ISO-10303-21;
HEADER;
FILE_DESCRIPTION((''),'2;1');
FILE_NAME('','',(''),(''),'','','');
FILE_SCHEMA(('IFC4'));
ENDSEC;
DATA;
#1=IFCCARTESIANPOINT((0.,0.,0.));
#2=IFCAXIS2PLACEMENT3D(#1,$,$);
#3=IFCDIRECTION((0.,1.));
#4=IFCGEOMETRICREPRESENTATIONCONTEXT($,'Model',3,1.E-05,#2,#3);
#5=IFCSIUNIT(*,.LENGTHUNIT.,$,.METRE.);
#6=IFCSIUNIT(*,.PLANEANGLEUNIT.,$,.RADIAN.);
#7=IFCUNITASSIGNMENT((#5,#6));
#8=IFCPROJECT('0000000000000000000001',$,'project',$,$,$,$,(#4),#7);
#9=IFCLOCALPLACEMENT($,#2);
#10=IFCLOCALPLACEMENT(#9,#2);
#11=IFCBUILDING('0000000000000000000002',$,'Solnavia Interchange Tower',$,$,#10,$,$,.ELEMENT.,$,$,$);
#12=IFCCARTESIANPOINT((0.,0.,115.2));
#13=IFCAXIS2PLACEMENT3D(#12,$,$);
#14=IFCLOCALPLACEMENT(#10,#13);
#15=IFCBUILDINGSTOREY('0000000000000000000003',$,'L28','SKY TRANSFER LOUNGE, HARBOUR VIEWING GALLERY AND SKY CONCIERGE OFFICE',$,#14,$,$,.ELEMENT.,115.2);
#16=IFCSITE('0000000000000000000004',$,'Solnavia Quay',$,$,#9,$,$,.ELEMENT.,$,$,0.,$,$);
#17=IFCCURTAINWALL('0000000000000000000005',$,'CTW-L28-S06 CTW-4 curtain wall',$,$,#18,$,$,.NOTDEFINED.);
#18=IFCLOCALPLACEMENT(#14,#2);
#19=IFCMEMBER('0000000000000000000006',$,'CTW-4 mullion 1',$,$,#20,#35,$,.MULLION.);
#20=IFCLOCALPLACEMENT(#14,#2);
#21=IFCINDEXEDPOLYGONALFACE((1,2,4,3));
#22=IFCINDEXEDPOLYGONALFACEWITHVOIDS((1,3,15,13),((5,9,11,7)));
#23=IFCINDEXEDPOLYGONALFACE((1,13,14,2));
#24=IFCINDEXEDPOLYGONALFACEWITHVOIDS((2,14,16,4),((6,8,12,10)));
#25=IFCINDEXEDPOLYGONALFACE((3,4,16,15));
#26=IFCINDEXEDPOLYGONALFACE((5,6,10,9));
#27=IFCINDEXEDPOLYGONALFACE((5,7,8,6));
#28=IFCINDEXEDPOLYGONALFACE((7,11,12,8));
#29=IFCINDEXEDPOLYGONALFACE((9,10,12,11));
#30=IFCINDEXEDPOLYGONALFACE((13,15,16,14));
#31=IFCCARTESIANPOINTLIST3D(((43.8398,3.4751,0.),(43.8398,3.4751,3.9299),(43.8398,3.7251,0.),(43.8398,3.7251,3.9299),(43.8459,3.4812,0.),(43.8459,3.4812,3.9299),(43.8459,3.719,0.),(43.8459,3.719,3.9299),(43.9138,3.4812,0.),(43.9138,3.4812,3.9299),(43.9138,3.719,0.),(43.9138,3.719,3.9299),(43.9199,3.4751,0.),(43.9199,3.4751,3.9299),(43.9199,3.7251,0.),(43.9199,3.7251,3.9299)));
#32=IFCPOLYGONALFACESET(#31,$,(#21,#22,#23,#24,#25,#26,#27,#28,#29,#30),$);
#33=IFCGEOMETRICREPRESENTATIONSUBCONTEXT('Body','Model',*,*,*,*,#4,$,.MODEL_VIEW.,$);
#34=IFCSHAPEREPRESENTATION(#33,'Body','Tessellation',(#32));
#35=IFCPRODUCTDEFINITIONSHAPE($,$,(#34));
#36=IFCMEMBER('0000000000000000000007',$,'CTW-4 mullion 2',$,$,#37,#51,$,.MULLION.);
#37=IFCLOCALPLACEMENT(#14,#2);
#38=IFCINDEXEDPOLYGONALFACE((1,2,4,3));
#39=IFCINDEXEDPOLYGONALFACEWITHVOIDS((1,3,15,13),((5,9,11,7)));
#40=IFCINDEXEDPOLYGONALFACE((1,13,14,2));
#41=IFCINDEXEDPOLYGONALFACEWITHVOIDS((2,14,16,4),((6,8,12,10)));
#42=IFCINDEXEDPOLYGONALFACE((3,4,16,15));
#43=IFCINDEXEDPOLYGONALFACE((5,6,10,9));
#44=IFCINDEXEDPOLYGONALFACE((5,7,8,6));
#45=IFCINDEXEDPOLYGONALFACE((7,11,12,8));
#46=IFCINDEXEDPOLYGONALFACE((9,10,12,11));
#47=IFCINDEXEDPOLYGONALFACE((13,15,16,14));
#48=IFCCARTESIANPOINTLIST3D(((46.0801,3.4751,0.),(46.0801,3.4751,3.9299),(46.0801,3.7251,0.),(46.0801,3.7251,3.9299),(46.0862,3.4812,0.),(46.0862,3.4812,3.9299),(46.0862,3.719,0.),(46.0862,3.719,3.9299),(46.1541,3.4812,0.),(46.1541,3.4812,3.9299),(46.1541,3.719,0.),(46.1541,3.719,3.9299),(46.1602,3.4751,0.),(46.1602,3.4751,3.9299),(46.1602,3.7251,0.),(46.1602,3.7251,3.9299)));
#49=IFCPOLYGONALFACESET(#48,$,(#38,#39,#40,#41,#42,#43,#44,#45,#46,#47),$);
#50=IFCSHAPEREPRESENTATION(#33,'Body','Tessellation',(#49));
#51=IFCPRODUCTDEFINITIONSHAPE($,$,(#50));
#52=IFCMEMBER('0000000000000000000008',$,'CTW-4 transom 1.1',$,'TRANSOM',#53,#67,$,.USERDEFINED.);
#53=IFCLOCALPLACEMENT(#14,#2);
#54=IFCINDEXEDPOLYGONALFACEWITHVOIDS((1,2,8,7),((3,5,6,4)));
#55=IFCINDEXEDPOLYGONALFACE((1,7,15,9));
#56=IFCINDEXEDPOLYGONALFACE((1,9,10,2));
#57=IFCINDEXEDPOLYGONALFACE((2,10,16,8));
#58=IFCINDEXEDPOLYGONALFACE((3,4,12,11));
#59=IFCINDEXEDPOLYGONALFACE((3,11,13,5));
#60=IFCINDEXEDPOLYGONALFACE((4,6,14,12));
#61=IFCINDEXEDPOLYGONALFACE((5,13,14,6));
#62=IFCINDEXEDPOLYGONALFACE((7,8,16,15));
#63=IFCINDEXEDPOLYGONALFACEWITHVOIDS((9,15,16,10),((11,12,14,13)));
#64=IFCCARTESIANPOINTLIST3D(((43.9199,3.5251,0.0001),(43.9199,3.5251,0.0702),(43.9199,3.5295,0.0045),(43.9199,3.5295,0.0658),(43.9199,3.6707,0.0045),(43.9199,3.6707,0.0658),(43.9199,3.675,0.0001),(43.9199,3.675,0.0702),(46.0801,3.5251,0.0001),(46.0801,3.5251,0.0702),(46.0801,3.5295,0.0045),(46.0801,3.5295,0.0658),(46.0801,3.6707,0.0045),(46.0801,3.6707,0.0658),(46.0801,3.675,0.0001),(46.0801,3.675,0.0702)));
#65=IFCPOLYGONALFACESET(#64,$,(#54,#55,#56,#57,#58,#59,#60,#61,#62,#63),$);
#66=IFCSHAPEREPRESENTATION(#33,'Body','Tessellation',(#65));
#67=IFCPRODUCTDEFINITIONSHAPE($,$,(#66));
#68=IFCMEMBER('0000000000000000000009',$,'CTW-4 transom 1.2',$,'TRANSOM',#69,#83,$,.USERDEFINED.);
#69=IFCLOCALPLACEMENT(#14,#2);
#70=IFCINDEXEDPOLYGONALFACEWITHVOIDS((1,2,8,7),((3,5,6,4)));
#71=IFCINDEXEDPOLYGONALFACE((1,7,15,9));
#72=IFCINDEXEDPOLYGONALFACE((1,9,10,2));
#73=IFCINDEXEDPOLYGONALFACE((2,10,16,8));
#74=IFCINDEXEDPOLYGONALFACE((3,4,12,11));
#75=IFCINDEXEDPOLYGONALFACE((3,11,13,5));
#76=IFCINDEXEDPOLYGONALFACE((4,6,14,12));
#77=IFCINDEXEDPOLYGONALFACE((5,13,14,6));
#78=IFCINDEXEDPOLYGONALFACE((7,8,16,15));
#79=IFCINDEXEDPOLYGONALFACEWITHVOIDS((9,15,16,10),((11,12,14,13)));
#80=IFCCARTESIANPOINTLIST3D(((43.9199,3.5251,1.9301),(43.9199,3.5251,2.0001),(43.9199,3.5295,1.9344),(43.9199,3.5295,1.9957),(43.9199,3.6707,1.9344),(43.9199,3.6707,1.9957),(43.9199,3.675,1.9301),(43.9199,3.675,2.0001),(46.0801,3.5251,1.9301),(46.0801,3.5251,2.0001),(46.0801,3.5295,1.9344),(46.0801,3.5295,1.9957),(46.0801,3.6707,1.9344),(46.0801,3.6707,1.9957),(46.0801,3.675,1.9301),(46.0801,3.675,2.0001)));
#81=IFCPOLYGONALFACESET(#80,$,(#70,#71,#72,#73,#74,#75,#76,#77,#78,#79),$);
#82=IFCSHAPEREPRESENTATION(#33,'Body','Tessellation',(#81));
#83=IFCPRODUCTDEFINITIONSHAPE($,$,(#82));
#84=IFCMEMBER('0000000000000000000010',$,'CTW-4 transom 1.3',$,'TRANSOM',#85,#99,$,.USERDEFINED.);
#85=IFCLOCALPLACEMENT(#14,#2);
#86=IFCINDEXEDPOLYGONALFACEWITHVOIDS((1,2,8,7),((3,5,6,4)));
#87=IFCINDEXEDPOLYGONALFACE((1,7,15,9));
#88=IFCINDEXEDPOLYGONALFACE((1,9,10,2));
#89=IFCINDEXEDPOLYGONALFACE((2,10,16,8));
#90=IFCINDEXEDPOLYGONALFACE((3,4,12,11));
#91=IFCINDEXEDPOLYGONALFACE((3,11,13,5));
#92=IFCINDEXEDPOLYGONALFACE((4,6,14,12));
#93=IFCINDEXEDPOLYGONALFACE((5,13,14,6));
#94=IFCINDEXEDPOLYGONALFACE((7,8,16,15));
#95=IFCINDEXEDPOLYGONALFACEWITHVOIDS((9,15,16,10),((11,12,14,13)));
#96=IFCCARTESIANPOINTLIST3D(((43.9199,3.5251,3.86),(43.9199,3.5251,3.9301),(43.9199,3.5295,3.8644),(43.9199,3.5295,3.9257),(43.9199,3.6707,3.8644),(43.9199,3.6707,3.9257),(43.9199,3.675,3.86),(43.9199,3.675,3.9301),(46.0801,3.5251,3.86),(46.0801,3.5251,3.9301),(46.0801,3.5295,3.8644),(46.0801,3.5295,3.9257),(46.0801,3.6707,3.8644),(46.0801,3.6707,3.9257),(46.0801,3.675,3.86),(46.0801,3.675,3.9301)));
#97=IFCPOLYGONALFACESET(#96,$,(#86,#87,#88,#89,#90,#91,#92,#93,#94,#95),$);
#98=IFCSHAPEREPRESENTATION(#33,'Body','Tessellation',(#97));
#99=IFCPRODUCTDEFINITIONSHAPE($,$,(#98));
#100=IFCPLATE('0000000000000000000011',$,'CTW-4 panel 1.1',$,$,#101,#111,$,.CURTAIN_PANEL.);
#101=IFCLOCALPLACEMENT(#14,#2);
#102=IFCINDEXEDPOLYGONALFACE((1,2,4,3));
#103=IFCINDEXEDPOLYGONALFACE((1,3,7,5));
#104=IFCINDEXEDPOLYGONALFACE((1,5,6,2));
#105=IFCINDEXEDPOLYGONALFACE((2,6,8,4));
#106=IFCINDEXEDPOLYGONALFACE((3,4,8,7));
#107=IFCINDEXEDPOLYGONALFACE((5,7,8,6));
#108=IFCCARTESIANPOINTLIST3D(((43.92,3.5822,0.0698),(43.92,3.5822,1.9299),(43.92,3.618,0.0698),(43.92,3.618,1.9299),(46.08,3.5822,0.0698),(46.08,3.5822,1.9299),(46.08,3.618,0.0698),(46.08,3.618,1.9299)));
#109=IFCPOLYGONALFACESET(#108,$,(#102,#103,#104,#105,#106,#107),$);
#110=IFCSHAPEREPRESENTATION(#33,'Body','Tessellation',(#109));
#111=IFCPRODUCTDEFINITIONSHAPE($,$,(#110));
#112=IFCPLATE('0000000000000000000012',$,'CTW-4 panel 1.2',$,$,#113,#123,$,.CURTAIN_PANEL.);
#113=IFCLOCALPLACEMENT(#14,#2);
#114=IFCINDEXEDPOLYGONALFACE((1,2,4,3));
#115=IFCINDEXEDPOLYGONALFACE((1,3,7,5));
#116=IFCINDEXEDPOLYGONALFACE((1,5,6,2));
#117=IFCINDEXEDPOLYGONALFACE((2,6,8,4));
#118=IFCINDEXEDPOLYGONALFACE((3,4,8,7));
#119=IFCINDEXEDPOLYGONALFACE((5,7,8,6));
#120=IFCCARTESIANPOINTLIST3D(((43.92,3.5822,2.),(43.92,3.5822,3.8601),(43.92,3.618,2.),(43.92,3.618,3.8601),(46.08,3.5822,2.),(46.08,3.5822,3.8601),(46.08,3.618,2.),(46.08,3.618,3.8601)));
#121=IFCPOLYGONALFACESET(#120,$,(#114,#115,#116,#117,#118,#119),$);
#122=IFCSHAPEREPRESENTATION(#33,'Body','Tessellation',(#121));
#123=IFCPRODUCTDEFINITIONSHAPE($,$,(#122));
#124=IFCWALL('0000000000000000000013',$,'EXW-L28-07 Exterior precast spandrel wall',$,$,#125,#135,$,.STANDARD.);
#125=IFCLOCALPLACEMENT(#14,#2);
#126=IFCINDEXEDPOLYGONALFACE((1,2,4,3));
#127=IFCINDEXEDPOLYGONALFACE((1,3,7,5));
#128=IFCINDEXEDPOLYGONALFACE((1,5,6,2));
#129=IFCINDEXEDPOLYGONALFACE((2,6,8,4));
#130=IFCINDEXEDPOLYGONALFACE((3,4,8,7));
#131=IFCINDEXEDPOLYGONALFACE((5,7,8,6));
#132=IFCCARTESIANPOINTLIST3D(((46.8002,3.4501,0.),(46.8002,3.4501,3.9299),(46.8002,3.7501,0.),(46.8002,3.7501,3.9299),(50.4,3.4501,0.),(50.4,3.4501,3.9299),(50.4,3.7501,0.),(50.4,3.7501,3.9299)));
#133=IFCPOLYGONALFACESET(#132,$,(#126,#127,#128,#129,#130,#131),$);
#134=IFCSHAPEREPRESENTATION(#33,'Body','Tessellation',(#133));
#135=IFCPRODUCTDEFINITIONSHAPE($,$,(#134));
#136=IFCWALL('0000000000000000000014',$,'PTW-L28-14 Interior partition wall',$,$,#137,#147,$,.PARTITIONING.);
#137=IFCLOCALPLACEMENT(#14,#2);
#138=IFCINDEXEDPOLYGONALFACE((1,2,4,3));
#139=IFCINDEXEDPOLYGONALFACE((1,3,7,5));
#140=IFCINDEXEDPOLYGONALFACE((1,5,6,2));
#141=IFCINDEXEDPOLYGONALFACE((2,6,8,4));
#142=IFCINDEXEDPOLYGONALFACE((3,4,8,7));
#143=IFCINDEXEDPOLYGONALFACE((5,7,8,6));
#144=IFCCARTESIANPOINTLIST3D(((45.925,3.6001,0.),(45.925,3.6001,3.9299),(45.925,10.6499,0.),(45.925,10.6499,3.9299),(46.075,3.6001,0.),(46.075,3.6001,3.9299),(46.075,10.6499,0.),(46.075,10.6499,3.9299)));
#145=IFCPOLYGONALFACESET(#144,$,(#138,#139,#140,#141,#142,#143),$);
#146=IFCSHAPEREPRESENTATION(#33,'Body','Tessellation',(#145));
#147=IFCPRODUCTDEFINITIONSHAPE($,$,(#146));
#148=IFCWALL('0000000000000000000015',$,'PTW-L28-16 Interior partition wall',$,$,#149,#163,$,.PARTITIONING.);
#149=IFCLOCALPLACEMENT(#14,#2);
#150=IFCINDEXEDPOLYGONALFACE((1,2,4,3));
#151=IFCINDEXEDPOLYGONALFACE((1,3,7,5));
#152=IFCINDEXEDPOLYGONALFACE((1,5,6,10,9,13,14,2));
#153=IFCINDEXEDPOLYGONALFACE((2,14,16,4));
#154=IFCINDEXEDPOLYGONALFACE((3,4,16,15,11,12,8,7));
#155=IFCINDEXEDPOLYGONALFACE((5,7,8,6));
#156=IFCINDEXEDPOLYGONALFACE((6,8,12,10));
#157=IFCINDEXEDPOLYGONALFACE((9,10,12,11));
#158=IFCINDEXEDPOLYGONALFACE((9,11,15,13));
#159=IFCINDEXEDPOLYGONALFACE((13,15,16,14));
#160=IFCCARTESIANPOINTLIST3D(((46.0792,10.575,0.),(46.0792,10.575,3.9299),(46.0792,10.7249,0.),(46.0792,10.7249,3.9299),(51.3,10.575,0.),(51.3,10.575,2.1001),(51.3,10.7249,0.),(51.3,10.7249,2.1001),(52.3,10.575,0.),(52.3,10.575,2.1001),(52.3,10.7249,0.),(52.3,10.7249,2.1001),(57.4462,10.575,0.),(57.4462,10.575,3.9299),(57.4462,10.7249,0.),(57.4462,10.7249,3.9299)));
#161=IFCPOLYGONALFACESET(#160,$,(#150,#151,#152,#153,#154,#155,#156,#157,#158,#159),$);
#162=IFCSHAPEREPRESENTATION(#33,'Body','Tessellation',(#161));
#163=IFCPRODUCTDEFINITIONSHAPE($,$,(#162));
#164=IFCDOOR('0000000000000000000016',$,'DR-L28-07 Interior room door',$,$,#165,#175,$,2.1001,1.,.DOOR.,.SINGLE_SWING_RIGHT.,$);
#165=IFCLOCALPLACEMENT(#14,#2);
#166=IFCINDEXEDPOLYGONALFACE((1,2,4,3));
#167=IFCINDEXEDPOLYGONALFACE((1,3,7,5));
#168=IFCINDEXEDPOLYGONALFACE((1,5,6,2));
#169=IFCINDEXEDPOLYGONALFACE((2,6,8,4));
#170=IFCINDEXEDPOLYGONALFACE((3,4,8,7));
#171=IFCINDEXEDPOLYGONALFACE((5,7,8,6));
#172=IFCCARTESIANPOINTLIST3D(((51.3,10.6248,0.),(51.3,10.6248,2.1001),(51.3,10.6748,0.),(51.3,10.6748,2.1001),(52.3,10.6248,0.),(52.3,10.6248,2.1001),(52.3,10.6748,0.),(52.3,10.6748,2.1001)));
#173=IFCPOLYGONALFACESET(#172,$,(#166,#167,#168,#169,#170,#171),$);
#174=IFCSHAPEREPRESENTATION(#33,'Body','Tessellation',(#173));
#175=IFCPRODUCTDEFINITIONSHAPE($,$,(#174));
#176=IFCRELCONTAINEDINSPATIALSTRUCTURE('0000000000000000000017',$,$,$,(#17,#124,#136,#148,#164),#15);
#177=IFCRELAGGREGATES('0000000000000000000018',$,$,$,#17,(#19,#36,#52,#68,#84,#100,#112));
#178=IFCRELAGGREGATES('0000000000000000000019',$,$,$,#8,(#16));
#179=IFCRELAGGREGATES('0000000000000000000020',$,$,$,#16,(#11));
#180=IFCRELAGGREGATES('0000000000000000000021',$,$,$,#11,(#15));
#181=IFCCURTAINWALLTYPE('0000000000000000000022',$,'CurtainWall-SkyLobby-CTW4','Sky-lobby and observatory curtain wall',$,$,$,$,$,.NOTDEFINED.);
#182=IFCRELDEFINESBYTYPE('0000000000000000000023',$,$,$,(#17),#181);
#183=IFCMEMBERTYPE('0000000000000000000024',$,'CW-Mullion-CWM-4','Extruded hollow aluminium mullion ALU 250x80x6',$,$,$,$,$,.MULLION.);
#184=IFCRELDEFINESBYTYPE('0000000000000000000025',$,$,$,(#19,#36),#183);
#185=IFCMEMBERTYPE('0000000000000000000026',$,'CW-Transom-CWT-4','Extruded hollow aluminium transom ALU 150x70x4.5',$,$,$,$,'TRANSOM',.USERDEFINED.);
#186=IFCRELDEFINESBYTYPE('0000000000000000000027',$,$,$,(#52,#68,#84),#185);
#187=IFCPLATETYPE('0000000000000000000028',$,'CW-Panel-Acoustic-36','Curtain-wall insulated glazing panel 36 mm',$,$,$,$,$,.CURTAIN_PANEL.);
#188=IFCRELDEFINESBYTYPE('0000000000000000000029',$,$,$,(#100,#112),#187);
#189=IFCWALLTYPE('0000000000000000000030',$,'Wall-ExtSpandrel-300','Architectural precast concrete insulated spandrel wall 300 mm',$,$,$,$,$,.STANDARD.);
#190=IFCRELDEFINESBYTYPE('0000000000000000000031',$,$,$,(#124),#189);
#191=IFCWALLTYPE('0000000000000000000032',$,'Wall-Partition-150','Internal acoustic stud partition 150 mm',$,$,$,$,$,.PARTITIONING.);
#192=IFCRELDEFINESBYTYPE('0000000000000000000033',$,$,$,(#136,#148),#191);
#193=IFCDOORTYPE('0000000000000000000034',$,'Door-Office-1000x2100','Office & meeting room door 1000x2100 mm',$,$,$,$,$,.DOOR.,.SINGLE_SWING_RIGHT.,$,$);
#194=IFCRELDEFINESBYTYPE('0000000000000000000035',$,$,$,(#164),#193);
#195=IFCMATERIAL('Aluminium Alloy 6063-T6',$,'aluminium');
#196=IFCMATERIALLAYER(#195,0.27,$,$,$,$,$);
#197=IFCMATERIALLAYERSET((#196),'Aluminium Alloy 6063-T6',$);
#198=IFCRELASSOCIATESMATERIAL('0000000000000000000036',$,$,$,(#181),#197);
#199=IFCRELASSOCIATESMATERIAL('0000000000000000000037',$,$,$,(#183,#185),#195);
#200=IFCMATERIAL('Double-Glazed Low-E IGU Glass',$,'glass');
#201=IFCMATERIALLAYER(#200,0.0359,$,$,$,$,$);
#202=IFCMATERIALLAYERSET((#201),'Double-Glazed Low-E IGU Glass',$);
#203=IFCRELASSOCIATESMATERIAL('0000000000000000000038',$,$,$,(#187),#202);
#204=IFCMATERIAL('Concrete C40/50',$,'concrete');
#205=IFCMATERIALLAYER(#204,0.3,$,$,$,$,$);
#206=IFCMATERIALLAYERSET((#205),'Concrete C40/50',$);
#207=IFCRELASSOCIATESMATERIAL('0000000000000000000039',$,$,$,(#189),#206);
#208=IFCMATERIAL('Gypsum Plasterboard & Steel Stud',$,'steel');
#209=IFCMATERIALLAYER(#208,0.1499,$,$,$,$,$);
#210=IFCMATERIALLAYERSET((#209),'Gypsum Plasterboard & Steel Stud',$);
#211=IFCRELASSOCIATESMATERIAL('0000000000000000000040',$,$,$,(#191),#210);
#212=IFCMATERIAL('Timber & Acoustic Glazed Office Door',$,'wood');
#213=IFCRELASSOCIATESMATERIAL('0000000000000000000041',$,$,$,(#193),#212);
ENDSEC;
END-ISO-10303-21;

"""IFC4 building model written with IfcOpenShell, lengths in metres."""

from ifc_helpers import new_model, si_unit, direction, frame, frame_2d, origin, origin_2d, place, context, subcontext, project, spatial, rectangle, hollow_rectangle, extrude, material, layer, layer_set, material_profile, profile_set, type_object, element, fill, aggregate, save


model = new_model("IFC4")

# Units and contexts
model_context = context("Model", 3, precision=1e-05, world=origin(), true_north=direction((0.0, 1.0)))
body_context = subcontext(model_context, "Body", "Model", "MODEL_VIEW")
ifc_project = project(units=[si_unit("LENGTHUNIT", "METRE"), si_unit("PLANEANGLEUNIT", "RADIAN")], contexts=[model_context])

# Site, building, storey
site_placement = place(None, origin())
site = spatial("IfcSite", under=ifc_project, at=site_placement, Name="Solnavia Quay", CompositionType="ELEMENT", RefElevation=0.0)
building_placement = place(site_placement, origin())
building = spatial("IfcBuilding", under=site, at=building_placement, Name="Solnavia Interchange Tower", CompositionType="ELEMENT")
storey_placement = place(building_placement, frame((0.0, 0.0, 115.2)))
storey = spatial("IfcBuildingStorey", under=building, at=storey_placement, Name="L28", Description="SKY TRANSFER LOUNGE, HARBOUR VIEWING GALLERY AND SKY CONCIERGE OFFICE", CompositionType="ELEMENT", Elevation=115.2)

# Curtain wall, members, plates
ifc_material_1 = material(Name="Aluminium Alloy 6063-T6", Category="aluminium")
ifc_layer_1 = layer(ifc_material_1, 0.27)
ifc_layer_set_1 = layer_set([ifc_layer_1], Name="Aluminium Alloy 6063-T6")
curtain_wall_type = type_object("IfcCurtainWallType", Name="CurtainWall-SkyLobby-CTW4", Description="Sky-lobby and observatory curtain wall", PredefinedType="NOTDEFINED", material=ifc_layer_set_1)
curtain_wall_placement = place(storey_placement, origin())
curtain_wall = element("IfcCurtainWall", 1, at=curtain_wall_placement, inside=storey, type_object=curtain_wall_type, Name="CTW-L28-S06 CTW-4 curtain wall", PredefinedType="NOTDEFINED")
ifc_material_profile_1 = material_profile(ifc_material_1, hollow_rectangle(XDim=0.0801, YDim=0.25, WallThickness=0.0061, at=origin_2d()), Name="ALU 250x80x6")
ifc_profile_set_1 = profile_set([ifc_material_profile_1], Name="Aluminium Alloy 6063-T6")
member_type_1 = type_object("IfcMemberType", Name="CW-Mullion-CWM-4", Description="Extruded hollow aluminium mullion ALU 250x80x6", PredefinedType="MULLION", material=ifc_profile_set_1)
member_1_placement = place(storey_placement, frame((43.8799, 3.6001, 0.0), z_axis=(0.0, 0.0, 1.0), x_axis=(1.0, 0.0, 0.0)))
member_1 = element("IfcMember", 2, at=member_1_placement, type_object=member_type_1, Name="CTW-4 mullion 1", PredefinedType="MULLION", context=body_context, shape_type="SweptSolid", body=[
    extrude(hollow_rectangle(XDim=0.0801, YDim=0.25, WallThickness=0.0061, at=origin_2d()), origin(), (0.0, 0.0, 1.0), 3.9299),
])
member_2_placement = place(storey_placement, frame((46.1201, 3.6001, 0.0), z_axis=(0.0, 0.0, 1.0), x_axis=(1.0, 0.0, 0.0)))
member_2 = element("IfcMember", 3, at=member_2_placement, type_object=member_type_1, Name="CTW-4 mullion 2", PredefinedType="MULLION", context=body_context, shape_type="SweptSolid", body=[
    extrude(hollow_rectangle(XDim=0.0801, YDim=0.25, WallThickness=0.0061, at=origin_2d()), origin(), (0.0, 0.0, 1.0), 3.9299),
])
ifc_material_profile_2 = material_profile(ifc_material_1, hollow_rectangle(XDim=0.0701, YDim=0.1499, WallThickness=0.0044, at=origin_2d()), Name="ALU 150x70x4.5")
ifc_profile_set_2 = profile_set([ifc_material_profile_2], Name="Aluminium Alloy 6063-T6")
member_type_2 = type_object("IfcMemberType", Name="CW-Transom-CWT-4", Description="Extruded hollow aluminium transom ALU 150x70x4.5", ElementType="TRANSOM", PredefinedType="USERDEFINED", material=ifc_profile_set_2)
member_3_placement = place(storey_placement, frame((43.9199, 3.6001, 0.0352), z_axis=(1.0, 0.0, 0.0), x_axis=(0.0, 0.0, 1.0)))
member_3 = element("IfcMember", 4, at=member_3_placement, type_object=member_type_2, Name="CTW-4 transom 1.1", ObjectType="TRANSOM", PredefinedType="USERDEFINED", context=body_context, shape_type="SweptSolid", body=[
    extrude(hollow_rectangle(XDim=0.0701, YDim=0.1499, WallThickness=0.0044, at=origin_2d()), origin(), (0.0, 0.0, 1.0), 2.1602),
])
member_4_placement = place(storey_placement, frame((43.9199, 3.6001, 1.9651), z_axis=(1.0, 0.0, 0.0), x_axis=(0.0, 0.0, 1.0)))
member_4 = element("IfcMember", 5, at=member_4_placement, type_object=member_type_2, Name="CTW-4 transom 1.2", ObjectType="TRANSOM", PredefinedType="USERDEFINED", context=body_context, shape_type="SweptSolid", body=[
    extrude(hollow_rectangle(XDim=0.0701, YDim=0.1499, WallThickness=0.0044, at=origin_2d()), origin(), (0.0, 0.0, 1.0), 2.1602),
])
member_5_placement = place(storey_placement, frame((43.9199, 3.6001, 3.895), z_axis=(1.0, 0.0, 0.0), x_axis=(0.0, 0.0, 1.0)))
member_5 = element("IfcMember", 6, at=member_5_placement, type_object=member_type_2, Name="CTW-4 transom 1.3", ObjectType="TRANSOM", PredefinedType="USERDEFINED", context=body_context, shape_type="SweptSolid", body=[
    extrude(hollow_rectangle(XDim=0.0701, YDim=0.1499, WallThickness=0.0044, at=origin_2d()), origin(), (0.0, 0.0, 1.0), 2.1602),
])
ifc_material_2 = material(Name="Double-Glazed Low-E IGU Glass", Category="glass")
ifc_layer_2 = layer(ifc_material_2, 0.0359)
ifc_layer_set_2 = layer_set([ifc_layer_2], Name="Double-Glazed Low-E IGU Glass")
plate_type = type_object("IfcPlateType", Name="CW-Panel-Acoustic-36", Description="Curtain-wall insulated glazing panel 36 mm", PredefinedType="CURTAIN_PANEL", material=ifc_layer_set_2)
plate_1_placement = place(storey_placement, frame((45.0, 3.6001, 0.0698), z_axis=(0.0, 0.0, 1.0), x_axis=(1.0, 0.0, 0.0)))
plate_1 = element("IfcPlate", 7, at=plate_1_placement, type_object=plate_type, Name="CTW-4 panel 1.1", PredefinedType="CURTAIN_PANEL", context=body_context, shape_type="SweptSolid", body=[
    extrude(rectangle(XDim=2.1599, YDim=0.0359, at=origin_2d()), origin(), (0.0, 0.0, 1.0), 1.8601),
])
plate_2_placement = place(storey_placement, frame((45.0, 3.6001, 2.0), z_axis=(0.0, 0.0, 1.0), x_axis=(1.0, 0.0, 0.0)))
plate_2 = element("IfcPlate", 8, at=plate_2_placement, type_object=plate_type, Name="CTW-4 panel 1.2", PredefinedType="CURTAIN_PANEL", context=body_context, shape_type="SweptSolid", body=[
    extrude(rectangle(XDim=2.1599, YDim=0.0359, at=origin_2d()), origin(), (0.0, 0.0, 1.0), 1.8601),
])
aggregate(curtain_wall, [member_1, member_2, member_3, member_4, member_5, plate_1, plate_2])

# Walls
ifc_material_3 = material(Name="Concrete C40/50", Category="concrete")
ifc_layer_3 = layer(ifc_material_3, 0.3)
ifc_layer_set_3 = layer_set([ifc_layer_3], Name="Concrete C40/50")
wall_type_1 = type_object("IfcWallType", Name="Wall-ExtSpandrel-300", Description="Architectural precast concrete insulated spandrel wall 300 mm", PredefinedType="STANDARD", material=ifc_layer_set_3)
wall_1_placement = place(storey_placement, frame((50.3999, 3.6001, 0.0), z_axis=(0.0, 0.0, 1.0), x_axis=(-1.0, 0.0, 0.0)))
element("IfcWall", 9, at=wall_1_placement, inside=storey, type_object=wall_type_1, Name="EXW-L28-07 Exterior precast spandrel wall", PredefinedType="STANDARD", context=body_context, shape_type="SweptSolid", body=[
    extrude(rectangle(XDim=3.5999, YDim=0.3, at=frame_2d((1.7998, 0.0))), origin(), (0.0, 0.0, 1.0), 3.9299),
])
ifc_material_4 = material(Name="Gypsum Plasterboard & Steel Stud", Category="steel")
ifc_layer_4 = layer(ifc_material_4, 0.1499)
ifc_layer_set_4 = layer_set([ifc_layer_4], Name="Gypsum Plasterboard & Steel Stud")
wall_type_2 = type_object("IfcWallType", Name="Wall-Partition-150", Description="Internal acoustic stud partition 150 mm", PredefinedType="PARTITIONING", material=ifc_layer_set_4)
wall_2_placement = place(storey_placement, frame((46.0, 3.6001, 0.0), z_axis=(0.0, 0.0, 1.0), x_axis=(0.0, 1.0, 0.0)))
element("IfcWall", 10, at=wall_2_placement, inside=storey, type_object=wall_type_2, Name="PTW-L28-14 Interior partition wall", PredefinedType="PARTITIONING", context=body_context, shape_type="SweptSolid", body=[
    extrude(rectangle(XDim=7.0498, YDim=0.1499, at=frame_2d((3.5249, 0.0))), origin(), (0.0, 0.0, 1.0), 3.9299),
])

# Wall, opening, door
wall_3_placement = place(storey_placement, frame((46.0791, 10.6499, 0.0), z_axis=(0.0, 0.0, 1.0), x_axis=(1.0, 0.0, 0.0)))
wall_3 = element("IfcWall", 11, at=wall_3_placement, inside=storey, type_object=wall_type_2, Name="PTW-L28-16 Interior partition wall", PredefinedType="PARTITIONING", context=body_context, shape_type="SweptSolid", body=[
    extrude(rectangle(XDim=11.3669, YDim=0.1499, at=frame_2d((5.6836, 0.0))), origin(), (0.0, 0.0, 1.0), 3.9299),
])
opening_1_placement = place(wall_3_placement, frame((5.2209, 0.0, 0.0)))
opening_1 = element("IfcOpeningElement", 12, at=opening_1_placement, cuts=wall_3, PredefinedType="OPENING", context=body_context, shape_type="SweptSolid", body=[
    extrude(rectangle(XDim=1.0, YDim=2.1001, at=frame_2d((0.5, 1.05))), frame((0.0, 0.085, 0.0), z_axis=(0.0, -1.0, 0.0), x_axis=(1.0, 0.0, 0.0)), (0.0, 0.0, 1.0), 0.1699),
])
ifc_material_5 = material(Name="Timber & Acoustic Glazed Office Door", Category="wood")
door_type = type_object("IfcDoorType", Name="Door-Office-1000x2100", Description="Office & meeting room door 1000x2100 mm", OperationType="SINGLE_SWING_RIGHT", PredefinedType="DOOR", material=ifc_material_5)
door_1_placement = place(opening_1_placement, origin())
door_1 = element("IfcDoor", 13, at=door_1_placement, inside=storey, type_object=door_type, Name="DR-L28-07 Interior room door", OperationType="SINGLE_SWING_RIGHT", OverallHeight=2.1001, OverallWidth=1.0, PredefinedType="DOOR", context=body_context, shape_type="SweptSolid", body=[
    extrude(rectangle(XDim=1.0, YDim=2.1001, at=frame_2d((0.5, 1.05))), frame((0.0, 0.0249, 0.0), z_axis=(0.0, -1.0, 0.0), x_axis=(1.0, 0.0, 0.0)), (0.0, 0.0, 1.0), 0.05),
])
fill(opening_1, door_1)

save(model, "model.ifc")
